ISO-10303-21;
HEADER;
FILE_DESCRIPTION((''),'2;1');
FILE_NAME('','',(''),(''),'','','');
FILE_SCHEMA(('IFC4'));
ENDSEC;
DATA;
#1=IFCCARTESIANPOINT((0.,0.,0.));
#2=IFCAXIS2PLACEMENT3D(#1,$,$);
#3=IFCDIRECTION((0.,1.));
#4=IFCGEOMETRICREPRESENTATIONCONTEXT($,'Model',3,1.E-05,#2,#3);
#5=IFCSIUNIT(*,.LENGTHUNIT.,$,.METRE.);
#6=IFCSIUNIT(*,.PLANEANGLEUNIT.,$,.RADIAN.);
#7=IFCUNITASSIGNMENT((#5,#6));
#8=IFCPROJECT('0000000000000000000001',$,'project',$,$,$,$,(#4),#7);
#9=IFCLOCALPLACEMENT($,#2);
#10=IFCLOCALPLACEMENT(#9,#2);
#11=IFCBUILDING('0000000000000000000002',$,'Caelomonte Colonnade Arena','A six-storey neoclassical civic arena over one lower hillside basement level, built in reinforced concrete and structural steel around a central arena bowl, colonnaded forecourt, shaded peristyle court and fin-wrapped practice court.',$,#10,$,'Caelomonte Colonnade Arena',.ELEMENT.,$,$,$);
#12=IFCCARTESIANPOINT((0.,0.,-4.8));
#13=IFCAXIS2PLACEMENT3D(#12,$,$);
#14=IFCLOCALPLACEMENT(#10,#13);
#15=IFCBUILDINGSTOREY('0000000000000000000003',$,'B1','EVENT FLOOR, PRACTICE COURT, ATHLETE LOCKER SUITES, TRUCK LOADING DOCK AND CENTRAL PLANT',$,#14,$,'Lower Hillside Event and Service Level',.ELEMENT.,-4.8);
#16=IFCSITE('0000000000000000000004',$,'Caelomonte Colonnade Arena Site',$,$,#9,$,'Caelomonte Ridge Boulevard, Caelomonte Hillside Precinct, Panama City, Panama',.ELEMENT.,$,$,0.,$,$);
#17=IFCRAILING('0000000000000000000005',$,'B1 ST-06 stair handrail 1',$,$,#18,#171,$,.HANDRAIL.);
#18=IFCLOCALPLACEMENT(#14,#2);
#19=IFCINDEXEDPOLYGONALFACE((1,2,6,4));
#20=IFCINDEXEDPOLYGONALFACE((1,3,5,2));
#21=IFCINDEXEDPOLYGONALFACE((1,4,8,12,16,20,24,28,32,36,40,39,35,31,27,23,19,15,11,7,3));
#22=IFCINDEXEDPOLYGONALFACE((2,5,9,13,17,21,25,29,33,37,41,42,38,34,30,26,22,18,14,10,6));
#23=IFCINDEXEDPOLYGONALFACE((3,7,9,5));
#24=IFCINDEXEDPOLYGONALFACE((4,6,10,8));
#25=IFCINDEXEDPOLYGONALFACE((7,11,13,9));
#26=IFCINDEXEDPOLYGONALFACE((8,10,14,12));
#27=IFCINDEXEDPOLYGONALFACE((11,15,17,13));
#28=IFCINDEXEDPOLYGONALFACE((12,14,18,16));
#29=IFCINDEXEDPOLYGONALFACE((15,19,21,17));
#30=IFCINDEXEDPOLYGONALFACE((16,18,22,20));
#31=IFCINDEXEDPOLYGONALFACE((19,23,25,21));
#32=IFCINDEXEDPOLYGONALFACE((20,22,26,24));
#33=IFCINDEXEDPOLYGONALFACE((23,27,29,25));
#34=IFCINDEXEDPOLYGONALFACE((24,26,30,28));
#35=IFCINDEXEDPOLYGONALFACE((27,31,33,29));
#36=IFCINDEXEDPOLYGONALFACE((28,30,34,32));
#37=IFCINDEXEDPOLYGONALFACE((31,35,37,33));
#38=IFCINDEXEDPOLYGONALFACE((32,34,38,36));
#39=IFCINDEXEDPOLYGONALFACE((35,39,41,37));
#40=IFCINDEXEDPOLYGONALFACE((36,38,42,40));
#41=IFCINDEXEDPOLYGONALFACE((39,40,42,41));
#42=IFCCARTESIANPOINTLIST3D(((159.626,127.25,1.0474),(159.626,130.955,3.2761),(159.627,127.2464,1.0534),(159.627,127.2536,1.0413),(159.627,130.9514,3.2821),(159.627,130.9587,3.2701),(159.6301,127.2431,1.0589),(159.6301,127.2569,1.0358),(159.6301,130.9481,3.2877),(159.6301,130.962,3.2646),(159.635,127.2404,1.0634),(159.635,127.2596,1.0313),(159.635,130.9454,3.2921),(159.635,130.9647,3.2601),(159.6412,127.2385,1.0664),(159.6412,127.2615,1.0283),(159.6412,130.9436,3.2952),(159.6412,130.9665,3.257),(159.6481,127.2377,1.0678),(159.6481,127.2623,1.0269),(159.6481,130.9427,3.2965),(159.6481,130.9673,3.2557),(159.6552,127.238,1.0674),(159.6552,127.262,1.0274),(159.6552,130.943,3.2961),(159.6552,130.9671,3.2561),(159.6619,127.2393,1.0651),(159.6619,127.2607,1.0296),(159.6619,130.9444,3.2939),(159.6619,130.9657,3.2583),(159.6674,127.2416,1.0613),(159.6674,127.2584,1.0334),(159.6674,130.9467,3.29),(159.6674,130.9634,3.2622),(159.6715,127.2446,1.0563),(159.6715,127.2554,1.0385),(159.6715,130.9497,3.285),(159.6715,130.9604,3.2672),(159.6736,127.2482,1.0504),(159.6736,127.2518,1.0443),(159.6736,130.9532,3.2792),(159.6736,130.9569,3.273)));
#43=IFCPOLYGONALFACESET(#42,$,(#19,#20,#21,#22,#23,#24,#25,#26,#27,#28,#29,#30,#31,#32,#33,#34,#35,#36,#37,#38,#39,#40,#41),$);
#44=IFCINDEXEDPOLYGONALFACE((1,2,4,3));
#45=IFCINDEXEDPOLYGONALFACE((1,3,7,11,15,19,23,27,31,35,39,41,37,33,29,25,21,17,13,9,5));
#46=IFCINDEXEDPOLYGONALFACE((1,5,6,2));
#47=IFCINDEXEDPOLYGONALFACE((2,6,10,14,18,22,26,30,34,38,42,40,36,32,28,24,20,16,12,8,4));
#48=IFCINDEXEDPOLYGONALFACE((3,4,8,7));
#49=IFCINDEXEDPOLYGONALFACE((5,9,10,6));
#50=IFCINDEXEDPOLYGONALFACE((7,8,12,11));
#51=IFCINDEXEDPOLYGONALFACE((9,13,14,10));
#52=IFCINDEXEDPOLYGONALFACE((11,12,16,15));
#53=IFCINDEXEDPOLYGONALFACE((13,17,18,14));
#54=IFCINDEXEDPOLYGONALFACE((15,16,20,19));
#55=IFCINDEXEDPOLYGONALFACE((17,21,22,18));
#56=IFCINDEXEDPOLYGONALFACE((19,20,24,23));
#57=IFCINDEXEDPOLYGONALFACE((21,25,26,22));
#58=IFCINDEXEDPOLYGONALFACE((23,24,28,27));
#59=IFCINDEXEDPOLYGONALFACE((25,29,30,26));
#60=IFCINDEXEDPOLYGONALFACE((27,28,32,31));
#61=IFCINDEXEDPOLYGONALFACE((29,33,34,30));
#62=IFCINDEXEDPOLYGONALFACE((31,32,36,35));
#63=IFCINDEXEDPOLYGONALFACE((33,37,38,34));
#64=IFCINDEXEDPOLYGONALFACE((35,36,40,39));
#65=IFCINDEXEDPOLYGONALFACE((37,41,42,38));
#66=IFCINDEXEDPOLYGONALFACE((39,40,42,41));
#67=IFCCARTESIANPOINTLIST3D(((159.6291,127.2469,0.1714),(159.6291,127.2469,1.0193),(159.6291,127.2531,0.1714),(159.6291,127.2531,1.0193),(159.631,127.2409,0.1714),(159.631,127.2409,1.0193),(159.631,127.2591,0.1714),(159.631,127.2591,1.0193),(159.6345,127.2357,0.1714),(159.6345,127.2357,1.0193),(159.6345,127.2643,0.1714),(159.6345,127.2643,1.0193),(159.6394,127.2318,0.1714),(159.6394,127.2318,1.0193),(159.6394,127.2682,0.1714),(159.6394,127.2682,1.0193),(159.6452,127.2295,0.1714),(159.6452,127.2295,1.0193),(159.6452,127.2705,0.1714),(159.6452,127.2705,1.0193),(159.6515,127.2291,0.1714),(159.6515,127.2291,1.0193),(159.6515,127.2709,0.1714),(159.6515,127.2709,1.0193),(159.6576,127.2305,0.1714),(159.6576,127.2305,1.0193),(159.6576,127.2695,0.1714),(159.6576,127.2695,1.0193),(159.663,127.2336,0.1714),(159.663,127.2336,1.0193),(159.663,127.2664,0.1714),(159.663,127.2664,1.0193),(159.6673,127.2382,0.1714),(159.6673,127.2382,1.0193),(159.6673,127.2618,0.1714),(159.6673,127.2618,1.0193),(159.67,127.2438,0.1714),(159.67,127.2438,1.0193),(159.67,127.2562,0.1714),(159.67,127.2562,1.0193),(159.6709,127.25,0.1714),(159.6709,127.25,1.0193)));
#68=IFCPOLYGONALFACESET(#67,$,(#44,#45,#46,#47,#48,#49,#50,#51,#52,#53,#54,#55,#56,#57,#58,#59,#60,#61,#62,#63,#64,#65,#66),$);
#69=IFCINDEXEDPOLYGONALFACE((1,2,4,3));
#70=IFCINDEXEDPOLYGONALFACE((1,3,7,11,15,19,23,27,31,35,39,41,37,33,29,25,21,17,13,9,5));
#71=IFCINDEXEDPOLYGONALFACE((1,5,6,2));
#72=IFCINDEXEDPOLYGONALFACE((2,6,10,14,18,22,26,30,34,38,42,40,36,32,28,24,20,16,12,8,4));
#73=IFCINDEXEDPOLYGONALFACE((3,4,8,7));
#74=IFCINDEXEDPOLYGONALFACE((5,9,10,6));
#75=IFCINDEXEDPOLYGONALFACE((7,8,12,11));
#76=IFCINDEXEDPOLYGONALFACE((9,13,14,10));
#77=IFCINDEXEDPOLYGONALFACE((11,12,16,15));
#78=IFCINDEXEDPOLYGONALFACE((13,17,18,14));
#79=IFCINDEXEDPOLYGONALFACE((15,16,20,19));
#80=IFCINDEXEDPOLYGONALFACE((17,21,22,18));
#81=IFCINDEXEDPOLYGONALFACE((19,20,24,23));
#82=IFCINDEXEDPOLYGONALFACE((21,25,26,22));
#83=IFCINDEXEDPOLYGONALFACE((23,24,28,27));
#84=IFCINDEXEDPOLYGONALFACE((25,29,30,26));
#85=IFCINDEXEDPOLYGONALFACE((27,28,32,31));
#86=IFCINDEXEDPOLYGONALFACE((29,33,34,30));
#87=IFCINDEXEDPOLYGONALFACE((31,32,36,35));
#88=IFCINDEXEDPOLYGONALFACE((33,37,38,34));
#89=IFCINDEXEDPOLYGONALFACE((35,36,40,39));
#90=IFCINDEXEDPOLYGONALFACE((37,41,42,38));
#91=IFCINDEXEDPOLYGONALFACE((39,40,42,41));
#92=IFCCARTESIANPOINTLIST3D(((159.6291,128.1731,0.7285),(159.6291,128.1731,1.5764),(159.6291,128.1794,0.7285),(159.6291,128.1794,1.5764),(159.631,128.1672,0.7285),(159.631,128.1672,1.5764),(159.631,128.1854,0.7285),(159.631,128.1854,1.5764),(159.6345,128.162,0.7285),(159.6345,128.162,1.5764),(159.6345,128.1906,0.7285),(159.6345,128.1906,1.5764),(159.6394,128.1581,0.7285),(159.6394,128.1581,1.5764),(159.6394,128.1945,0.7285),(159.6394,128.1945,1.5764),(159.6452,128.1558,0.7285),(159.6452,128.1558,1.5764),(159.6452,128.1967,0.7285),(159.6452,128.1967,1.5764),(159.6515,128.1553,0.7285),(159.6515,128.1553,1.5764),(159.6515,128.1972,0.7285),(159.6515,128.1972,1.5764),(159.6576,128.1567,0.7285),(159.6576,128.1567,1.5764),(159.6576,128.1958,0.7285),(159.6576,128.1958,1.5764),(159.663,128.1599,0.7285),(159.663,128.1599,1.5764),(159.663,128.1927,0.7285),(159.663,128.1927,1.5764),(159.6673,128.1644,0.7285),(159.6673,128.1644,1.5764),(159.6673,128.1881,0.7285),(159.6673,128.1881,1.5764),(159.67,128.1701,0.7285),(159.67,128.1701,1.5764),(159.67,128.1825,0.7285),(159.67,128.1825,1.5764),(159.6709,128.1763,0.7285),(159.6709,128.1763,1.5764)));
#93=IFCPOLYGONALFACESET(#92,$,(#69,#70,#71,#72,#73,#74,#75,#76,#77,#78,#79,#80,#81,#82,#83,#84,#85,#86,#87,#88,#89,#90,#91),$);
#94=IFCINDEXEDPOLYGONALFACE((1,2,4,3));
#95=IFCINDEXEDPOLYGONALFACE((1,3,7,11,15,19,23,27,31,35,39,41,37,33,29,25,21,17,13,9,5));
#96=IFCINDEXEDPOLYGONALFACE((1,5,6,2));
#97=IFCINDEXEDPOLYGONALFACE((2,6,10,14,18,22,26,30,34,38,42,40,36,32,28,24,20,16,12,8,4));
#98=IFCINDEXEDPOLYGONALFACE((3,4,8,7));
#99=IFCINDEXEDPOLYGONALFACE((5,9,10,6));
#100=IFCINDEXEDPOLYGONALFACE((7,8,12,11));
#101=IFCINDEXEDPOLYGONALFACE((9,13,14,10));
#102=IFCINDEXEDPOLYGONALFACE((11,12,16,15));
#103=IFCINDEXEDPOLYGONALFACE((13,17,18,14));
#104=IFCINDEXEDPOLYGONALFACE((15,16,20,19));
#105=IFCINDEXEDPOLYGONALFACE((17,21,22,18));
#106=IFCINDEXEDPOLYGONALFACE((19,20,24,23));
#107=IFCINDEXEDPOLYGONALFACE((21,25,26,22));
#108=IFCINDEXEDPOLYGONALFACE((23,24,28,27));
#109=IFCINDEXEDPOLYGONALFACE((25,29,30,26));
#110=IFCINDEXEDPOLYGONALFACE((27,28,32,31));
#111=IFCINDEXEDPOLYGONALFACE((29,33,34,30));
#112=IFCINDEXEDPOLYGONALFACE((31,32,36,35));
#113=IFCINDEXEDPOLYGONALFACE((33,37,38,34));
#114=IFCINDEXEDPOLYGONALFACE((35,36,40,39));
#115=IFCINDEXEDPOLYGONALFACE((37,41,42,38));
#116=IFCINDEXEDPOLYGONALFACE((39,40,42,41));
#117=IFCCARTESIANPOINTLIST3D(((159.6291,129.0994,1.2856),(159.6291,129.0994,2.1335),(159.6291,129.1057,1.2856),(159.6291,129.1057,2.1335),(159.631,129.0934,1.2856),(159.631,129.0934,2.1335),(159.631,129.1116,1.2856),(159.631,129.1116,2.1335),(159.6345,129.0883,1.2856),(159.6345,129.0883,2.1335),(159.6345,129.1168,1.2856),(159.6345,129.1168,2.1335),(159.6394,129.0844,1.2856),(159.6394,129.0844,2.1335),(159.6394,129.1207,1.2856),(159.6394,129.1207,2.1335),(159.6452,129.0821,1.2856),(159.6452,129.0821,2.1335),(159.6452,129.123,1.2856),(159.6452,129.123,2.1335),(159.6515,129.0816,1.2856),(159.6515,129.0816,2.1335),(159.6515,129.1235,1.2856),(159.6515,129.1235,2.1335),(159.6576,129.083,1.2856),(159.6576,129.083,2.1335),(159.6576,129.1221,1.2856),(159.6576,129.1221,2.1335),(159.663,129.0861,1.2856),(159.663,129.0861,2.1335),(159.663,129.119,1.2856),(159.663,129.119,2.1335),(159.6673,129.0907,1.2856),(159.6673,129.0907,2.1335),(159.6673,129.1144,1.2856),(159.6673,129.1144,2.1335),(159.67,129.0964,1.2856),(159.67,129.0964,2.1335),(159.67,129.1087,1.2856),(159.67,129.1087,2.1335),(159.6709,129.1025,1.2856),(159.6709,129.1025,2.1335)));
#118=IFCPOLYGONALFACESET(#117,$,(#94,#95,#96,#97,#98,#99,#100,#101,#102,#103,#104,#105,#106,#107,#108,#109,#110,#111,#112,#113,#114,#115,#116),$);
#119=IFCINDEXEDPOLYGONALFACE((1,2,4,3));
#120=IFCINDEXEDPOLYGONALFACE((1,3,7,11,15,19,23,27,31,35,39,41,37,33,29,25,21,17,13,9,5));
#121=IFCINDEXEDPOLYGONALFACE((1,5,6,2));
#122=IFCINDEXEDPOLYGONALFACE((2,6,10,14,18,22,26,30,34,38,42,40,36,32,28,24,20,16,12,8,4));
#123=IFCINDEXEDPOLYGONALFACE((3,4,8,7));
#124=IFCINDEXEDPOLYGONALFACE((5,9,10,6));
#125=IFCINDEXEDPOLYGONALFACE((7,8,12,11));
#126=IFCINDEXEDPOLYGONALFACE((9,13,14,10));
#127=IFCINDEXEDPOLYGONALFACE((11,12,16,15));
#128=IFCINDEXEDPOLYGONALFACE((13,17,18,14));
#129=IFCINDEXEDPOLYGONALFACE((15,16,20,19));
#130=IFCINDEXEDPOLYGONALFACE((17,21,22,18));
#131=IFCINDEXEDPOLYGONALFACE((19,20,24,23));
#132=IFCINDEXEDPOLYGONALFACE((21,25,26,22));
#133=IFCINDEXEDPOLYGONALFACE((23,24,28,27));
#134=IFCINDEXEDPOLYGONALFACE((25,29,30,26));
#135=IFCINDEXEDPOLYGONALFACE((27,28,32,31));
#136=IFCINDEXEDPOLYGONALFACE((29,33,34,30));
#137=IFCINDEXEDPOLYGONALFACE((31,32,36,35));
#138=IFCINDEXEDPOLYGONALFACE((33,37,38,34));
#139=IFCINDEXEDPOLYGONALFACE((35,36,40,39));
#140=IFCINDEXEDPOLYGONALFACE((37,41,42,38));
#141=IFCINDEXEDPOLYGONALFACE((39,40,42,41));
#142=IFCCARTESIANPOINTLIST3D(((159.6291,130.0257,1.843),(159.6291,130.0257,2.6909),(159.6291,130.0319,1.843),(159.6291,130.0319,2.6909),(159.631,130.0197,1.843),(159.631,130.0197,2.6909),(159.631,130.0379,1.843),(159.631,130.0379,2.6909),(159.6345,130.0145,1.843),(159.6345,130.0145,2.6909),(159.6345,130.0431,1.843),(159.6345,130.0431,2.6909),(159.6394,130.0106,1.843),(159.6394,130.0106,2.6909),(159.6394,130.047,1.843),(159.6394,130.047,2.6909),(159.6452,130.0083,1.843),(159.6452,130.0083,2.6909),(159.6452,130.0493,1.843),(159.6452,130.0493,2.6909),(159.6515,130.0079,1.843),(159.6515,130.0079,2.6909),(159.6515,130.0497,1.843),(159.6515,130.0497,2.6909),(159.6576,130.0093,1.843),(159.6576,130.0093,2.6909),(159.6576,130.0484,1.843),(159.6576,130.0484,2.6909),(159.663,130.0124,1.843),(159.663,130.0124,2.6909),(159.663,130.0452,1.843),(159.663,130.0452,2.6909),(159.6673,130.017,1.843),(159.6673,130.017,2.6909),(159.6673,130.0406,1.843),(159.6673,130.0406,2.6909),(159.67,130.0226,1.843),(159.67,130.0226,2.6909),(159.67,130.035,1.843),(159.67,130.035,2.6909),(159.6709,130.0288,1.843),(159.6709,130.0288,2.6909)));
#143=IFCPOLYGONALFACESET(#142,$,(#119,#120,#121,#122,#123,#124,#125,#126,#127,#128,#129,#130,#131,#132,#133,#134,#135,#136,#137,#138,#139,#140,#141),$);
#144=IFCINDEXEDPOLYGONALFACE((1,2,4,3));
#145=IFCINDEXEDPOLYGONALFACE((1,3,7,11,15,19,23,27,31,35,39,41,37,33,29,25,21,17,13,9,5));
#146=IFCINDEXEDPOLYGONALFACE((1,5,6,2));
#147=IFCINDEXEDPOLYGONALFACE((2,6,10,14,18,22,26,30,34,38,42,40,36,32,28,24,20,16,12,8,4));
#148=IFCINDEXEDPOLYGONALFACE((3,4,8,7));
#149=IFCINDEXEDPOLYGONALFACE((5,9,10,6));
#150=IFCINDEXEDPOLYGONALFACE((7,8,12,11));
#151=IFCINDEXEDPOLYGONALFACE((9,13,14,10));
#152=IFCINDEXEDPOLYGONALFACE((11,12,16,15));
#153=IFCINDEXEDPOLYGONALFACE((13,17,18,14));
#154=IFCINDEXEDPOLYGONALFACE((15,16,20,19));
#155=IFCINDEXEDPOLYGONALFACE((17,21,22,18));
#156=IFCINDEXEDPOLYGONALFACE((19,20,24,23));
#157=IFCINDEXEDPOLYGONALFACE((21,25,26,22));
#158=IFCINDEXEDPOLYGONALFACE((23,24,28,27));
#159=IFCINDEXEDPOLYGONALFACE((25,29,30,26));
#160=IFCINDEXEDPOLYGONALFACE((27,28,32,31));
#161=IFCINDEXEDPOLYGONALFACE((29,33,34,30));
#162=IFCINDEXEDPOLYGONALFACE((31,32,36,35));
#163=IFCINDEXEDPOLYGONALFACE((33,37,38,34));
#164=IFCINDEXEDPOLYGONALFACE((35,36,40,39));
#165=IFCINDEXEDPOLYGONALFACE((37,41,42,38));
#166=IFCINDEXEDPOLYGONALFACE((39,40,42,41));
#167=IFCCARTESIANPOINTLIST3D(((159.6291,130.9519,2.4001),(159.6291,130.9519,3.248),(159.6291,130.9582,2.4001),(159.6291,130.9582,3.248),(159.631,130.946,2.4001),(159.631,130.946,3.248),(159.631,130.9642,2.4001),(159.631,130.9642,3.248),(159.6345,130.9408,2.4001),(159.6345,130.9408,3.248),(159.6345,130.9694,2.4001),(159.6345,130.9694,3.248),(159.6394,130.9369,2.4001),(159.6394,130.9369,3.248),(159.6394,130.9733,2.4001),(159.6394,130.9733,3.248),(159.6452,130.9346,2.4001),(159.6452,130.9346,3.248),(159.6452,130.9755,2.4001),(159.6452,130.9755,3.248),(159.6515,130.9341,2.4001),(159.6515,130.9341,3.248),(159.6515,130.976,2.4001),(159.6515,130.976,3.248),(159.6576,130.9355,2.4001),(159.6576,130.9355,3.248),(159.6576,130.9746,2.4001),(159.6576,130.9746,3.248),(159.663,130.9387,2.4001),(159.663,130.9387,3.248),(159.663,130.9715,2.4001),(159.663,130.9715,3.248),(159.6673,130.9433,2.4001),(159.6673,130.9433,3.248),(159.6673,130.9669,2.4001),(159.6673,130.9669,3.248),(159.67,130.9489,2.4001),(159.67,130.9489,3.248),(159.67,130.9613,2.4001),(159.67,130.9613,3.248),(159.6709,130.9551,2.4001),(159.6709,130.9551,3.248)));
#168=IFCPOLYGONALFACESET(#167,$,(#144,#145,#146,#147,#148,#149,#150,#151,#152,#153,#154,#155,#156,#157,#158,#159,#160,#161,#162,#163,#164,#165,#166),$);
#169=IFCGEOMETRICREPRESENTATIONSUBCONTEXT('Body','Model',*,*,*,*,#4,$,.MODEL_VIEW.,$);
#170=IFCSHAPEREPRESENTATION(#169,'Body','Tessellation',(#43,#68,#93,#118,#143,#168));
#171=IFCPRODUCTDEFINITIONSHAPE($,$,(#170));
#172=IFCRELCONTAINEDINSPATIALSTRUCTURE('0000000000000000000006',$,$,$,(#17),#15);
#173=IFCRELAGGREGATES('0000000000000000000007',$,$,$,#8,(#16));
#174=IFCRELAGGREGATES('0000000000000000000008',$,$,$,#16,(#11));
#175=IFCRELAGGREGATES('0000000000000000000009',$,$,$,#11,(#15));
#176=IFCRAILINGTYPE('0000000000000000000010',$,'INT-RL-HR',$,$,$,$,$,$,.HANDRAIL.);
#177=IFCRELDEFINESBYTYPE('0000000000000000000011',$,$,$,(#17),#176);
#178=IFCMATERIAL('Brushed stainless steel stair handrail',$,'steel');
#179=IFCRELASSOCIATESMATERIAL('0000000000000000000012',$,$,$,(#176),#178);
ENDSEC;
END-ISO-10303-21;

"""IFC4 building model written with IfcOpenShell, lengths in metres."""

from ifc_helpers import new_model, si_unit, direction, frame, origin, origin_2d, place, context, subcontext, project, spatial, circle, extrude, material, type_object, element, save


model = new_model("IFC4")

# Units and contexts
model_context = context("Model", 3, precision=1e-05, world=origin(), true_north=direction((0.0, 1.0)))
body_context = subcontext(model_context, "Body", "Model", "MODEL_VIEW")
ifc_project = project(units=[si_unit("LENGTHUNIT", "METRE"), si_unit("PLANEANGLEUNIT", "RADIAN")], contexts=[model_context])

# Site, building, storey
site_placement = place(None, origin())
site = spatial("IfcSite", under=ifc_project, at=site_placement, Name="Caelomonte Colonnade Arena Site", LongName="Caelomonte Ridge Boulevard, Caelomonte Hillside Precinct, Panama City, Panama", CompositionType="ELEMENT", RefElevation=0.0)
building_placement = place(site_placement, origin())
building = spatial("IfcBuilding", under=site, at=building_placement, Name="Caelomonte Colonnade Arena", Description="A six-storey neoclassical civic arena over one lower hillside basement level, built in reinforced concrete and structural steel around a central arena bowl, colonnaded forecourt, shaded peristyle court and fin-wrapped practice court.", LongName="Caelomonte Colonnade Arena", CompositionType="ELEMENT")
storey_placement = place(building_placement, frame((0.0, 0.0, -4.8)))
storey = spatial("IfcBuildingStorey", under=building, at=storey_placement, Name="B1", Description="EVENT FLOOR, PRACTICE COURT, ATHLETE LOCKER SUITES, TRUCK LOADING DOCK AND CENTRAL PLANT", LongName="Lower Hillside Event and Service Level", CompositionType="ELEMENT", Elevation=-4.8)

# Railing
ifc_material_1 = material(Name="Brushed stainless steel stair handrail", Category="steel")
railing_type_1 = type_object("IfcRailingType", Name="INT-RL-HR", PredefinedType="HANDRAIL", material=ifc_material_1)
railing_1_placement = place(storey_placement, frame((159.6499, 127.25, 0.1714)))
element("IfcRailing", 1, at=railing_1_placement, inside=storey, type_object=railing_type_1, Name="B1 ST-06 stair handrail 1", PredefinedType="HANDRAIL", context=body_context, shape_type="SweptSolid", body=[
    extrude(circle(Radius=0.0239, at=origin_2d()), frame((0.0, 0.0, 0.876), z_axis=(0.0, 0.856909, 0.515467), x_axis=(-1.0, 0.0, 0.0)), (0.0, 0.0, 1.0), 4.3237),
    extrude(circle(Radius=0.021, at=origin_2d()), origin(), (0.0, 0.0, 1.0), 0.8479),
    extrude(circle(Radius=0.021, at=origin_2d()), frame((0.0, 0.9263, 0.5571)), (0.0, 0.0, 1.0), 0.8479),
    extrude(circle(Radius=0.021, at=origin_2d()), frame((0.0, 1.8525, 1.1143)), (0.0, 0.0, 1.0), 0.8479),
    extrude(circle(Radius=0.021, at=origin_2d()), frame((0.0, 2.7788, 1.6716)), (0.0, 0.0, 1.0), 0.8479),
    extrude(circle(Radius=0.021, at=origin_2d()), frame((0.0, 3.7051, 2.2288)), (0.0, 0.0, 1.0), 0.8479),
])

save(model, "model.ifc")
